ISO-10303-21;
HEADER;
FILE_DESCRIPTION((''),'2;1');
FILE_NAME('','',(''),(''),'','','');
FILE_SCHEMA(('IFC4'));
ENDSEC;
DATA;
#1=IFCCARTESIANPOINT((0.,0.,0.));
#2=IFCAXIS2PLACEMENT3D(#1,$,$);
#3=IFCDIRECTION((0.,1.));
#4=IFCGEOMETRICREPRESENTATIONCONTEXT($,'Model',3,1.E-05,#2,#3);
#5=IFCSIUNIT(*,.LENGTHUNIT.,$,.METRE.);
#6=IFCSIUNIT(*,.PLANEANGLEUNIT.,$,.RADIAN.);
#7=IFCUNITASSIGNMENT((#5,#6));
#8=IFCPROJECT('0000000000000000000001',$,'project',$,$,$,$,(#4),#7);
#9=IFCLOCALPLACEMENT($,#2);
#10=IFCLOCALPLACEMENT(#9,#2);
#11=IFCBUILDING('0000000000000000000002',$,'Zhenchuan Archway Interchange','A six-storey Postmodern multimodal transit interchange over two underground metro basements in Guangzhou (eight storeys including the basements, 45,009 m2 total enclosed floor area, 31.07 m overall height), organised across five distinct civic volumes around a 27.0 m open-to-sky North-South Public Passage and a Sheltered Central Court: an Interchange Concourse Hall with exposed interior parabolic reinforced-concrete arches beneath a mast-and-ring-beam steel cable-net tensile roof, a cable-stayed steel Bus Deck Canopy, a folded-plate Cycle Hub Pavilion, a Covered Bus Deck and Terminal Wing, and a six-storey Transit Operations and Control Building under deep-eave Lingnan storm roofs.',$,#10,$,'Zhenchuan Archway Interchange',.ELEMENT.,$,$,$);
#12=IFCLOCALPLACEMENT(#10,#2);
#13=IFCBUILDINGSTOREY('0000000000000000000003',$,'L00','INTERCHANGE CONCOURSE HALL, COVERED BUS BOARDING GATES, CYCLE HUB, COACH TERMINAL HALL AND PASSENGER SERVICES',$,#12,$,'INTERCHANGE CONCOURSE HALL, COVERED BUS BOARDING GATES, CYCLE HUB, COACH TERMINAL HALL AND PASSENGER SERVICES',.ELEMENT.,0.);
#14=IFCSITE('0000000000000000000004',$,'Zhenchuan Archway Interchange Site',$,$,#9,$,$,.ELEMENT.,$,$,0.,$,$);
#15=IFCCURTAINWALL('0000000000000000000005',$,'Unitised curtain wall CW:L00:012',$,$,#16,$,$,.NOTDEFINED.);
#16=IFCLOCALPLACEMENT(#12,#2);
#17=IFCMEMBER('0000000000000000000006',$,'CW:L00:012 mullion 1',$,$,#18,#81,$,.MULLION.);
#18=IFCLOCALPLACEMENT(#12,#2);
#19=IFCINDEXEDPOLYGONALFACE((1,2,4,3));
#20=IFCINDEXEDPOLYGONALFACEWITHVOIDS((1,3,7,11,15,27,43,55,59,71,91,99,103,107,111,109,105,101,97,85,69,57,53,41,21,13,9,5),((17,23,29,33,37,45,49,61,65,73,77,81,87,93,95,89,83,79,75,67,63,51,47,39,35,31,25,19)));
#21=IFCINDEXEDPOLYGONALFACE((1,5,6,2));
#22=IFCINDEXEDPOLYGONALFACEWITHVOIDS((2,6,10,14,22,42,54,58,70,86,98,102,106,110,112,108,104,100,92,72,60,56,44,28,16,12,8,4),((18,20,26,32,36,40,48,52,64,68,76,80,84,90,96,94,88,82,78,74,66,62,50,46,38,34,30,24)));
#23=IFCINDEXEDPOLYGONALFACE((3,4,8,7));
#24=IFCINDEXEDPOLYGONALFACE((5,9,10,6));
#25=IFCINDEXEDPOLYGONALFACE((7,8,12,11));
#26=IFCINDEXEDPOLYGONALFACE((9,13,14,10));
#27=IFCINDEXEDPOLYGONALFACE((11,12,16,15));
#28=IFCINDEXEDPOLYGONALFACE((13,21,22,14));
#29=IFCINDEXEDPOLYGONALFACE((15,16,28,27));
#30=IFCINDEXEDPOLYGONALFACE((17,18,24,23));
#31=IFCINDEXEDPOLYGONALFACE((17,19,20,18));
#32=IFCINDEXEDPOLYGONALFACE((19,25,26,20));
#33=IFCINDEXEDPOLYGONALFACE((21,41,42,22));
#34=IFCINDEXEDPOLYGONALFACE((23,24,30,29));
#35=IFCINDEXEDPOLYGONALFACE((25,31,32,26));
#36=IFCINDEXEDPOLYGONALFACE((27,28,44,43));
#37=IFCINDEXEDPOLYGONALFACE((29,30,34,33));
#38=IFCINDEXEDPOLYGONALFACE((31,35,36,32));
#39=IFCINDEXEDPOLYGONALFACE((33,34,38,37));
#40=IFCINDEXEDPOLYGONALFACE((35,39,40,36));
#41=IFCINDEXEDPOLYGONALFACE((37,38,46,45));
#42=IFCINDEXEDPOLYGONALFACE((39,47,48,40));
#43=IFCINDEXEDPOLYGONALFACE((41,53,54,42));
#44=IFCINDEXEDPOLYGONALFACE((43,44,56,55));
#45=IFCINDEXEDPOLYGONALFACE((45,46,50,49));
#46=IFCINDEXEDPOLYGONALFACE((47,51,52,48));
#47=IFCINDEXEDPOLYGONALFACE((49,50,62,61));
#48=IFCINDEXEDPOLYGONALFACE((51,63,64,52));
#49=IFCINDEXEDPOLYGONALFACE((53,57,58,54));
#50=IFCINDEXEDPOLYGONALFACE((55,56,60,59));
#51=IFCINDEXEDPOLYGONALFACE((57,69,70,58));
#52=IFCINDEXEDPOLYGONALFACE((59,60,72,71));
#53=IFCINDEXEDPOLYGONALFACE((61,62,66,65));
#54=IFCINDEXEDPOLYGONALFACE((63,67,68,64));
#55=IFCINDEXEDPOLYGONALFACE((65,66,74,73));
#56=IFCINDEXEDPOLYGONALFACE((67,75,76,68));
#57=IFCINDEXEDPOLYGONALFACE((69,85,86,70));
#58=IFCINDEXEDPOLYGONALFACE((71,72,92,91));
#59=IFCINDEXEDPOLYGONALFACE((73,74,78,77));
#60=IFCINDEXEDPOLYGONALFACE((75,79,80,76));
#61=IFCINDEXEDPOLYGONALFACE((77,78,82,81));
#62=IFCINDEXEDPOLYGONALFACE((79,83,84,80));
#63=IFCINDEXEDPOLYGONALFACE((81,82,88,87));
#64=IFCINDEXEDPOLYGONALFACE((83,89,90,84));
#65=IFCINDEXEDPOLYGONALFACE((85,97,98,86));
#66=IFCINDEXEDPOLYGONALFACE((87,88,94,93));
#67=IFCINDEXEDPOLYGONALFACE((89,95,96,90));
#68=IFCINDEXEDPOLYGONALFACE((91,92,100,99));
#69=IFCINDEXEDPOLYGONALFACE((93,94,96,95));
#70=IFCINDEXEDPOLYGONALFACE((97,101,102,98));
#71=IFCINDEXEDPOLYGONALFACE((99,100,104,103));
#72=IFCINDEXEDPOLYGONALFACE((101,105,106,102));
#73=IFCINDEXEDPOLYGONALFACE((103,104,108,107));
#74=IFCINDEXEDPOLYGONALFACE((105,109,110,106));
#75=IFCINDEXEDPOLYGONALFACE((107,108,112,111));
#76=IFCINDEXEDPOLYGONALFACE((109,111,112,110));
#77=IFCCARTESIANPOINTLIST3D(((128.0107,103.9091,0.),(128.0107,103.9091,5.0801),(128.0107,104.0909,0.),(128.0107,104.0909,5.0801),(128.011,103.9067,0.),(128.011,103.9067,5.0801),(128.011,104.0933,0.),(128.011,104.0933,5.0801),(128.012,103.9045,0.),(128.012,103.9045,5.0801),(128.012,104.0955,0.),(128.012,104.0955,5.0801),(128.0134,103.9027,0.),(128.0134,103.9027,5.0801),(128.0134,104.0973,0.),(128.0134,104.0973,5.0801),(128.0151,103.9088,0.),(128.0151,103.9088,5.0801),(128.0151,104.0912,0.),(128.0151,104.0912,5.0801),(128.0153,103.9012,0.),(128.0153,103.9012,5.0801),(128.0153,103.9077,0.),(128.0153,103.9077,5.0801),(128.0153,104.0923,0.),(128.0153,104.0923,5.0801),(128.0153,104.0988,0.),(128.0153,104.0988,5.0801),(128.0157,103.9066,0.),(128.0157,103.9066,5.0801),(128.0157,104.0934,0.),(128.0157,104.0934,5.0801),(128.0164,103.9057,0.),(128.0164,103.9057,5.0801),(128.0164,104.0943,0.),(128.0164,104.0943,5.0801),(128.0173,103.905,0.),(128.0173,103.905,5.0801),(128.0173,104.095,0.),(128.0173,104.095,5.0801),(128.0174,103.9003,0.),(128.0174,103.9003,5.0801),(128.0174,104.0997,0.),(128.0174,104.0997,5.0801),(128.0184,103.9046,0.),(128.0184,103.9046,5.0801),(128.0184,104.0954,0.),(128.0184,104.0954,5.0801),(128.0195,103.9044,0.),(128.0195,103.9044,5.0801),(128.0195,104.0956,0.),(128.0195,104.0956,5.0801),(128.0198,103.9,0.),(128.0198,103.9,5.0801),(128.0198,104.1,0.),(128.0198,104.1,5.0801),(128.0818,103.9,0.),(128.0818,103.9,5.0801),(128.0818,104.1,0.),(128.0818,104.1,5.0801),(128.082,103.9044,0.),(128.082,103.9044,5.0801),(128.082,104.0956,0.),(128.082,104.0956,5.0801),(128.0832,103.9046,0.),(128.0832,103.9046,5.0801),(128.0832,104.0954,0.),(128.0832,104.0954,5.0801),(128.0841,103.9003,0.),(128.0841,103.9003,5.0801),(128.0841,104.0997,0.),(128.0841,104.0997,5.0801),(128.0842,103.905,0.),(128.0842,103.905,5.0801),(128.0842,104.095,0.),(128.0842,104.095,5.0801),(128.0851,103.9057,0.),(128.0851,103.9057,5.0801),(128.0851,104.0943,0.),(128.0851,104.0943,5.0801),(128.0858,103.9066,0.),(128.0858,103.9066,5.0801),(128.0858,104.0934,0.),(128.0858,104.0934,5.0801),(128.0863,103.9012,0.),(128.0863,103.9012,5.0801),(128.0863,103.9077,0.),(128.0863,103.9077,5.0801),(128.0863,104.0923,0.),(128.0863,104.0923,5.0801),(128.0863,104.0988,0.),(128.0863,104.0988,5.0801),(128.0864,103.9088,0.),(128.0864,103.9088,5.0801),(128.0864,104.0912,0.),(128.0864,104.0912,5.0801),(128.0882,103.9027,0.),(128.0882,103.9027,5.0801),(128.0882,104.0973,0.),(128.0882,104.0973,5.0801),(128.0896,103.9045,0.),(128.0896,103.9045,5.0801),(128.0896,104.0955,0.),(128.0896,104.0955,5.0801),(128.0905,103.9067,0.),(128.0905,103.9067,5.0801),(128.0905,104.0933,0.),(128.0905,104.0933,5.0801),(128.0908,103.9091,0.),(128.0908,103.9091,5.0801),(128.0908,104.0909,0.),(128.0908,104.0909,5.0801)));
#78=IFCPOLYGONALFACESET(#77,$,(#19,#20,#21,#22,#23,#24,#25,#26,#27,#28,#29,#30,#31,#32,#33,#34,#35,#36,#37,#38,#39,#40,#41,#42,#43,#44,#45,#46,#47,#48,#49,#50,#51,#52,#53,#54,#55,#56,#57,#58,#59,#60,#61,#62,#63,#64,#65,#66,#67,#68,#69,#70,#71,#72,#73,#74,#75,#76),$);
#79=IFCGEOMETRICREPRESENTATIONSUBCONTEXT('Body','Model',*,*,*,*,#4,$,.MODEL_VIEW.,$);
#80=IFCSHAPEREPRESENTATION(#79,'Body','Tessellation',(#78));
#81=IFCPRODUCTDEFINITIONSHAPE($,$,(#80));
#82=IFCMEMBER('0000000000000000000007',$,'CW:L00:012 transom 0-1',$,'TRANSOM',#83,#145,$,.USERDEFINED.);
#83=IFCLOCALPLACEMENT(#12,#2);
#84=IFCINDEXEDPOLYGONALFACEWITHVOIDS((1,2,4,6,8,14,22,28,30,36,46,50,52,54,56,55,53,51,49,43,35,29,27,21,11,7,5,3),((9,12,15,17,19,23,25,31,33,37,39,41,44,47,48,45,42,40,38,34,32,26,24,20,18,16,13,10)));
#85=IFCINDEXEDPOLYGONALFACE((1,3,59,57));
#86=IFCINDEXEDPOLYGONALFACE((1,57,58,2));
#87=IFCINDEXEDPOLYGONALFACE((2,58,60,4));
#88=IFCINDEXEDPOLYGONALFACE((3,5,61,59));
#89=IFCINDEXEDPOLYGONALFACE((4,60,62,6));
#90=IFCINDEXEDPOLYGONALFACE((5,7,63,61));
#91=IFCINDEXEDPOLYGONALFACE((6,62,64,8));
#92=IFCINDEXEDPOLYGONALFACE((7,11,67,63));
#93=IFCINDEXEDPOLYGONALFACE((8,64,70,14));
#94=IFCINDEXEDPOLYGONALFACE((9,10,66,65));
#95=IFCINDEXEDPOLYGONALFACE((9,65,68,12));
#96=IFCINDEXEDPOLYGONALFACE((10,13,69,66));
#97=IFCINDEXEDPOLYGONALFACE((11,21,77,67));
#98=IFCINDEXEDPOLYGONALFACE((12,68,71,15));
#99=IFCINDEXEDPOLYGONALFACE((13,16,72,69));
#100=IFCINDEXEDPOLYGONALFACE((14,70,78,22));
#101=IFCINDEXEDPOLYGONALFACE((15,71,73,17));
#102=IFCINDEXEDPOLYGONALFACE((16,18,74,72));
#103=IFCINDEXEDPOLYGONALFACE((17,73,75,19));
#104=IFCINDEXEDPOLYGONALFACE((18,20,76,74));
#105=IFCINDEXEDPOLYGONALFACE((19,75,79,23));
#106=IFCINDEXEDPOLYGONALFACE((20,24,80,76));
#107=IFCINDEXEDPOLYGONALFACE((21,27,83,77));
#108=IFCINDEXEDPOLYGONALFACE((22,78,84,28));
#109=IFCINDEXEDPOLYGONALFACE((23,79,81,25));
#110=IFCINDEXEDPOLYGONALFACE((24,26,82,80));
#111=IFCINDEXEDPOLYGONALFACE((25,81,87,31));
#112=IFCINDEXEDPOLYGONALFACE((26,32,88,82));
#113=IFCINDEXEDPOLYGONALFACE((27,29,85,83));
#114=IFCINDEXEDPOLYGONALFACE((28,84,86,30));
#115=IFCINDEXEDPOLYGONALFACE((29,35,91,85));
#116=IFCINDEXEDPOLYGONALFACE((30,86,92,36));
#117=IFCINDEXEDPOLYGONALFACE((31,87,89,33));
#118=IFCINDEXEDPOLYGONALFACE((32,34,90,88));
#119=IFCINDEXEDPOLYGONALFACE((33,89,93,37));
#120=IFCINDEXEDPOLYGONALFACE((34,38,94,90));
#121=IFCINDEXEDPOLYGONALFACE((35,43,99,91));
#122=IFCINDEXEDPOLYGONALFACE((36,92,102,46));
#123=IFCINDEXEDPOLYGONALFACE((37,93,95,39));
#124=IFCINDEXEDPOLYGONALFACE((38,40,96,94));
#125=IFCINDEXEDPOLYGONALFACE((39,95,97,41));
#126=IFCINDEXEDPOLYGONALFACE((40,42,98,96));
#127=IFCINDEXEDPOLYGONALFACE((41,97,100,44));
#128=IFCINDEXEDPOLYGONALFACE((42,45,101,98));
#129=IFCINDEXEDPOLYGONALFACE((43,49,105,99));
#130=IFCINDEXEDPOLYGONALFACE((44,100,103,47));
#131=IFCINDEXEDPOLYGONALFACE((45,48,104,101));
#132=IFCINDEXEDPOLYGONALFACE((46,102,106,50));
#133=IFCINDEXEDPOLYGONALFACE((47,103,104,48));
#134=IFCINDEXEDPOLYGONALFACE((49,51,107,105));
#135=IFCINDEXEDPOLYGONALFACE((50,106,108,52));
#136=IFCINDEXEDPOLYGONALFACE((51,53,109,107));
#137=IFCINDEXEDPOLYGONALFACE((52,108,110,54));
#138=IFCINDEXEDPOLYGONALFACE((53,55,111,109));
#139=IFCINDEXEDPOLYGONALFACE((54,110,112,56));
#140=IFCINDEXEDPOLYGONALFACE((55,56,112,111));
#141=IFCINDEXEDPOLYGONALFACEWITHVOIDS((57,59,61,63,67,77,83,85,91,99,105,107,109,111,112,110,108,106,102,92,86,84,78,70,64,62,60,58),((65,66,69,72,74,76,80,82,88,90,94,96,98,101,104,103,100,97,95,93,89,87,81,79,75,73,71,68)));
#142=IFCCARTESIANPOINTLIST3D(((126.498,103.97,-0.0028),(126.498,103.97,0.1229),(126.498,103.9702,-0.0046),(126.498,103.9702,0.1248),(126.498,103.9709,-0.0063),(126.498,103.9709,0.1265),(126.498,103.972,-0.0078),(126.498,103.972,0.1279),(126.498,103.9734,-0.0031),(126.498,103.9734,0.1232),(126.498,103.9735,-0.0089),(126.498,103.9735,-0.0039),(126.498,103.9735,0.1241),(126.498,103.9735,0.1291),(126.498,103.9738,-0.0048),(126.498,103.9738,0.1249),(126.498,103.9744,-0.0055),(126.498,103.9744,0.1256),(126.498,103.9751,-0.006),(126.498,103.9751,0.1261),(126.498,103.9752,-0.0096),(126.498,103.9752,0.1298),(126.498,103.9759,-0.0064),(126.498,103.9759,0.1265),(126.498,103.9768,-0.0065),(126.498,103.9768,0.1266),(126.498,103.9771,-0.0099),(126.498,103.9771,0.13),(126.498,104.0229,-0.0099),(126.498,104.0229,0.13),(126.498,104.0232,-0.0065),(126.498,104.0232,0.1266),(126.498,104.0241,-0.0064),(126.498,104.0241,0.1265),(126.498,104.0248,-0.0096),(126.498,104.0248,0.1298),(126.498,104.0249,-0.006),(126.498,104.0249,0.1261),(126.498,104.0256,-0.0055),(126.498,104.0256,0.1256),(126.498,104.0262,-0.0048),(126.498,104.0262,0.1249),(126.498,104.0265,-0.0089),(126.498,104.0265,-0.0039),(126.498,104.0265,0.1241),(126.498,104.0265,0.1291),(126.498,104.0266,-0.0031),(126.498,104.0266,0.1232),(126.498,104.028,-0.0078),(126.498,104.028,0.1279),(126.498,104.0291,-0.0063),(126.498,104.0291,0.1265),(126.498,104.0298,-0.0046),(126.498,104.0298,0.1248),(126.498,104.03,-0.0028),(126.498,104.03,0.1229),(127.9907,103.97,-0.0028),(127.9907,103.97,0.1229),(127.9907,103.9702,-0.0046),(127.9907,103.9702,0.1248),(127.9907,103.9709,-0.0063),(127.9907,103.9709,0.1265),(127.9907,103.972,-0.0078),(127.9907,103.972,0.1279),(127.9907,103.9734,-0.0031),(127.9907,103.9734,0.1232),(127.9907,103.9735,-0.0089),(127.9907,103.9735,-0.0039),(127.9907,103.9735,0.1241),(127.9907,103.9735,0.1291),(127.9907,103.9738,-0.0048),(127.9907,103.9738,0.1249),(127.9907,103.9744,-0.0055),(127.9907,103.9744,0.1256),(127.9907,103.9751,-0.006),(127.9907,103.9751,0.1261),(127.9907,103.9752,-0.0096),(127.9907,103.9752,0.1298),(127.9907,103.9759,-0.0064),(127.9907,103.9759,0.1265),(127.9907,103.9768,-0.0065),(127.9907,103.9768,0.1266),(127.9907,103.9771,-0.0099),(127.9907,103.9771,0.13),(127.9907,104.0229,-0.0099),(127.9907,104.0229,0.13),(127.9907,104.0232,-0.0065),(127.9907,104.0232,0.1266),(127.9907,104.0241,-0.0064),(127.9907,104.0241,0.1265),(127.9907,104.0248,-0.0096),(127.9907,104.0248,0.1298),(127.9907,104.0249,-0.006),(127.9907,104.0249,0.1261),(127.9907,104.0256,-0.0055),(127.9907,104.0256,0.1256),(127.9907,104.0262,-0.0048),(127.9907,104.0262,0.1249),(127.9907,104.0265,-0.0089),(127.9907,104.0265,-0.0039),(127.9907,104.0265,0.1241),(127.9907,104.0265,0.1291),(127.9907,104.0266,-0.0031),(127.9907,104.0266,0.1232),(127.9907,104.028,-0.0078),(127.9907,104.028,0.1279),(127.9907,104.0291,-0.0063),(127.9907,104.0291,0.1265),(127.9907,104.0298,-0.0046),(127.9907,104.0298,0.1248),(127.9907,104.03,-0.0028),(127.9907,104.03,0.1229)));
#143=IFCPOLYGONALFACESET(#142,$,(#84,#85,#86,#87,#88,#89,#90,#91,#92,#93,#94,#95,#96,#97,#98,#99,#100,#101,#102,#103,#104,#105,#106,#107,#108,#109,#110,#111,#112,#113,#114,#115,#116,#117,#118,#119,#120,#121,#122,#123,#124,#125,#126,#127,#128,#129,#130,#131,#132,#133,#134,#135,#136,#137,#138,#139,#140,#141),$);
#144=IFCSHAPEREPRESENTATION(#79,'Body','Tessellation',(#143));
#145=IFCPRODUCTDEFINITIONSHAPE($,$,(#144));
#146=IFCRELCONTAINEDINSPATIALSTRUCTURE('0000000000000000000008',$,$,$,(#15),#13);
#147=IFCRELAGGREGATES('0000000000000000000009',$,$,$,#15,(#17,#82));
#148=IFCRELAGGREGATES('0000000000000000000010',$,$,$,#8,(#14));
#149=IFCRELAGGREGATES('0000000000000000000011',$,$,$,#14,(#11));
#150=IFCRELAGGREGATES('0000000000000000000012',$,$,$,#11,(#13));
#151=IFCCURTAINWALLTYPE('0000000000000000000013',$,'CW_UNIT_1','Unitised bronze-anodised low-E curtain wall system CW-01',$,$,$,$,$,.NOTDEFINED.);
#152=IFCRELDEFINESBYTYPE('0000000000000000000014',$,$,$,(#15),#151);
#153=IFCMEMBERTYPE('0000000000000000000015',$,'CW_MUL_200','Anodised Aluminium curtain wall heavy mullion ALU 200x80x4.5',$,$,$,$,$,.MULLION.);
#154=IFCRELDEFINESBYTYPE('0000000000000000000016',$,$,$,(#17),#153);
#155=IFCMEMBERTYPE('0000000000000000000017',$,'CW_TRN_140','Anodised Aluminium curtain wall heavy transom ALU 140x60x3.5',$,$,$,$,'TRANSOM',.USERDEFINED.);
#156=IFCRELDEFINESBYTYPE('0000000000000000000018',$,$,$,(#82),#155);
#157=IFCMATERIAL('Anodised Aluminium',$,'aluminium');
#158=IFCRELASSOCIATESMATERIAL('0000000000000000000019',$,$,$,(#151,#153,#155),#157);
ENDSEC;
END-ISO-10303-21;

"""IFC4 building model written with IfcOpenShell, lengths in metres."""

from ifc_helpers import new_model, si_unit, direction, frame, origin, origin_2d, place, context, subcontext, project, spatial, hollow_rectangle, extrude, material, material_profile, profile_set, type_object, element, aggregate, save


model = new_model("IFC4")

# Units and contexts
model_context = context("Model", 3, precision=1e-05, world=origin(), true_north=direction((0.0, 1.0)))
body_context = subcontext(model_context, "Body", "Model", "MODEL_VIEW")
ifc_project = project(units=[si_unit("LENGTHUNIT", "METRE"), si_unit("PLANEANGLEUNIT", "RADIAN")], contexts=[model_context])

# Site, building, storey
site_placement = place(None, origin())
site = spatial("IfcSite", under=ifc_project, at=site_placement, Name="Zhenchuan Archway Interchange Site", CompositionType="ELEMENT", RefElevation=0.0)
building_placement = place(site_placement, origin())
building = spatial("IfcBuilding", under=site, at=building_placement, Name="Zhenchuan Archway Interchange", Description="A six-storey Postmodern multimodal transit interchange over two underground metro basements in Guangzhou (eight storeys including the basements, 45,009 m2 total enclosed floor area, 31.07 m overall height), organised across five distinct civic volumes around a 27.0 m open-to-sky North-South Public Passage and a Sheltered Central Court: an Interchange Concourse Hall with exposed interior parabolic reinforced-concrete arches beneath a mast-and-ring-beam steel cable-net tensile roof, a cable-stayed steel Bus Deck Canopy, a folded-plate Cycle Hub Pavilion, a Covered Bus Deck and Terminal Wing, and a six-storey Transit Operations and Control Building under deep-eave Lingnan storm roofs.", LongName="Zhenchuan Archway Interchange", CompositionType="ELEMENT")
storey_placement = place(building_placement, origin())
storey = spatial("IfcBuildingStorey", under=building, at=storey_placement, Name="L00", Description="INTERCHANGE CONCOURSE HALL, COVERED BUS BOARDING GATES, CYCLE HUB, COACH TERMINAL HALL AND PASSENGER SERVICES", LongName="INTERCHANGE CONCOURSE HALL, COVERED BUS BOARDING GATES, CYCLE HUB, COACH TERMINAL HALL AND PASSENGER SERVICES", CompositionType="ELEMENT", Elevation=0.0)

# Curtain wall, members
ifc_material_1 = material(Name="Anodised Aluminium", Category="aluminium")
curtain_wall_type = type_object("IfcCurtainWallType", Name="CW_UNIT_1", Description="Unitised bronze-anodised low-E curtain wall system CW-01", PredefinedType="NOTDEFINED", material=ifc_material_1)
curtain_wall_placement = place(storey_placement, origin())
curtain_wall = element("IfcCurtainWall", 1, at=curtain_wall_placement, inside=storey, type_object=curtain_wall_type, Name="Unitised curtain wall CW:L00:012", PredefinedType="NOTDEFINED")
ifc_material_profile_1 = material_profile(ifc_material_1, hollow_rectangle(XDim=0.0801, YDim=0.2, WallThickness=0.0044, InnerFilletRadius=0.0044, OuterFilletRadius=0.009, at=origin_2d()), Name="ALU 200x80x4.5")
ifc_profile_set_1 = profile_set([ifc_material_profile_1], Name="Anodised Aluminium")
member_type_1 = type_object("IfcMemberType", Name="CW_MUL_200", Description="Anodised Aluminium curtain wall heavy mullion ALU 200x80x4.5", PredefinedType="MULLION", material=ifc_profile_set_1)
member_1_placement = place(storey_placement, frame((128.0508, 104.0, 0.0), z_axis=(0.0, 0.0, 1.0), x_axis=(1.0, 0.0, 0.0)))
member_1 = element("IfcMember", 2, at=member_1_placement, type_object=member_type_1, Name="CW:L00:012 mullion 1", PredefinedType="MULLION", context=body_context, shape_type="SweptSolid", body=[
    extrude(hollow_rectangle(XDim=0.0801, YDim=0.2, WallThickness=0.0044, InnerFilletRadius=0.0044, OuterFilletRadius=0.009, at=origin_2d()), origin(), (0.0, 0.0, 1.0), 5.0801),
])
ifc_material_profile_2 = material_profile(ifc_material_1, hollow_rectangle(XDim=0.0601, YDim=0.1399, WallThickness=0.0034, InnerFilletRadius=0.0034, OuterFilletRadius=0.0071, at=origin_2d()), Name="ALU 140x60x3.5")
ifc_profile_set_2 = profile_set([ifc_material_profile_2], Name="Anodised Aluminium")
member_type_2 = type_object("IfcMemberType", Name="CW_TRN_140", Description="Anodised Aluminium curtain wall heavy transom ALU 140x60x3.5", ElementType="TRANSOM", PredefinedType="USERDEFINED", material=ifc_profile_set_2)
member_2_placement = place(storey_placement, frame((126.498, 104.0, 0.0601), z_axis=(1.0, 0.0, 0.0), x_axis=(0.0, 1.0, 0.0)))
member_2 = element("IfcMember", 3, at=member_2_placement, type_object=member_type_2, Name="CW:L00:012 transom 0-1", ObjectType="TRANSOM", PredefinedType="USERDEFINED", context=body_context, shape_type="SweptSolid", body=[
    extrude(hollow_rectangle(XDim=0.0601, YDim=0.1399, WallThickness=0.0034, InnerFilletRadius=0.0034, OuterFilletRadius=0.0071, at=origin_2d()), origin(), (0.0, 0.0, 1.0), 1.4927),
])
aggregate(curtain_wall, [member_1, member_2])

save(model, "model.ifc")
